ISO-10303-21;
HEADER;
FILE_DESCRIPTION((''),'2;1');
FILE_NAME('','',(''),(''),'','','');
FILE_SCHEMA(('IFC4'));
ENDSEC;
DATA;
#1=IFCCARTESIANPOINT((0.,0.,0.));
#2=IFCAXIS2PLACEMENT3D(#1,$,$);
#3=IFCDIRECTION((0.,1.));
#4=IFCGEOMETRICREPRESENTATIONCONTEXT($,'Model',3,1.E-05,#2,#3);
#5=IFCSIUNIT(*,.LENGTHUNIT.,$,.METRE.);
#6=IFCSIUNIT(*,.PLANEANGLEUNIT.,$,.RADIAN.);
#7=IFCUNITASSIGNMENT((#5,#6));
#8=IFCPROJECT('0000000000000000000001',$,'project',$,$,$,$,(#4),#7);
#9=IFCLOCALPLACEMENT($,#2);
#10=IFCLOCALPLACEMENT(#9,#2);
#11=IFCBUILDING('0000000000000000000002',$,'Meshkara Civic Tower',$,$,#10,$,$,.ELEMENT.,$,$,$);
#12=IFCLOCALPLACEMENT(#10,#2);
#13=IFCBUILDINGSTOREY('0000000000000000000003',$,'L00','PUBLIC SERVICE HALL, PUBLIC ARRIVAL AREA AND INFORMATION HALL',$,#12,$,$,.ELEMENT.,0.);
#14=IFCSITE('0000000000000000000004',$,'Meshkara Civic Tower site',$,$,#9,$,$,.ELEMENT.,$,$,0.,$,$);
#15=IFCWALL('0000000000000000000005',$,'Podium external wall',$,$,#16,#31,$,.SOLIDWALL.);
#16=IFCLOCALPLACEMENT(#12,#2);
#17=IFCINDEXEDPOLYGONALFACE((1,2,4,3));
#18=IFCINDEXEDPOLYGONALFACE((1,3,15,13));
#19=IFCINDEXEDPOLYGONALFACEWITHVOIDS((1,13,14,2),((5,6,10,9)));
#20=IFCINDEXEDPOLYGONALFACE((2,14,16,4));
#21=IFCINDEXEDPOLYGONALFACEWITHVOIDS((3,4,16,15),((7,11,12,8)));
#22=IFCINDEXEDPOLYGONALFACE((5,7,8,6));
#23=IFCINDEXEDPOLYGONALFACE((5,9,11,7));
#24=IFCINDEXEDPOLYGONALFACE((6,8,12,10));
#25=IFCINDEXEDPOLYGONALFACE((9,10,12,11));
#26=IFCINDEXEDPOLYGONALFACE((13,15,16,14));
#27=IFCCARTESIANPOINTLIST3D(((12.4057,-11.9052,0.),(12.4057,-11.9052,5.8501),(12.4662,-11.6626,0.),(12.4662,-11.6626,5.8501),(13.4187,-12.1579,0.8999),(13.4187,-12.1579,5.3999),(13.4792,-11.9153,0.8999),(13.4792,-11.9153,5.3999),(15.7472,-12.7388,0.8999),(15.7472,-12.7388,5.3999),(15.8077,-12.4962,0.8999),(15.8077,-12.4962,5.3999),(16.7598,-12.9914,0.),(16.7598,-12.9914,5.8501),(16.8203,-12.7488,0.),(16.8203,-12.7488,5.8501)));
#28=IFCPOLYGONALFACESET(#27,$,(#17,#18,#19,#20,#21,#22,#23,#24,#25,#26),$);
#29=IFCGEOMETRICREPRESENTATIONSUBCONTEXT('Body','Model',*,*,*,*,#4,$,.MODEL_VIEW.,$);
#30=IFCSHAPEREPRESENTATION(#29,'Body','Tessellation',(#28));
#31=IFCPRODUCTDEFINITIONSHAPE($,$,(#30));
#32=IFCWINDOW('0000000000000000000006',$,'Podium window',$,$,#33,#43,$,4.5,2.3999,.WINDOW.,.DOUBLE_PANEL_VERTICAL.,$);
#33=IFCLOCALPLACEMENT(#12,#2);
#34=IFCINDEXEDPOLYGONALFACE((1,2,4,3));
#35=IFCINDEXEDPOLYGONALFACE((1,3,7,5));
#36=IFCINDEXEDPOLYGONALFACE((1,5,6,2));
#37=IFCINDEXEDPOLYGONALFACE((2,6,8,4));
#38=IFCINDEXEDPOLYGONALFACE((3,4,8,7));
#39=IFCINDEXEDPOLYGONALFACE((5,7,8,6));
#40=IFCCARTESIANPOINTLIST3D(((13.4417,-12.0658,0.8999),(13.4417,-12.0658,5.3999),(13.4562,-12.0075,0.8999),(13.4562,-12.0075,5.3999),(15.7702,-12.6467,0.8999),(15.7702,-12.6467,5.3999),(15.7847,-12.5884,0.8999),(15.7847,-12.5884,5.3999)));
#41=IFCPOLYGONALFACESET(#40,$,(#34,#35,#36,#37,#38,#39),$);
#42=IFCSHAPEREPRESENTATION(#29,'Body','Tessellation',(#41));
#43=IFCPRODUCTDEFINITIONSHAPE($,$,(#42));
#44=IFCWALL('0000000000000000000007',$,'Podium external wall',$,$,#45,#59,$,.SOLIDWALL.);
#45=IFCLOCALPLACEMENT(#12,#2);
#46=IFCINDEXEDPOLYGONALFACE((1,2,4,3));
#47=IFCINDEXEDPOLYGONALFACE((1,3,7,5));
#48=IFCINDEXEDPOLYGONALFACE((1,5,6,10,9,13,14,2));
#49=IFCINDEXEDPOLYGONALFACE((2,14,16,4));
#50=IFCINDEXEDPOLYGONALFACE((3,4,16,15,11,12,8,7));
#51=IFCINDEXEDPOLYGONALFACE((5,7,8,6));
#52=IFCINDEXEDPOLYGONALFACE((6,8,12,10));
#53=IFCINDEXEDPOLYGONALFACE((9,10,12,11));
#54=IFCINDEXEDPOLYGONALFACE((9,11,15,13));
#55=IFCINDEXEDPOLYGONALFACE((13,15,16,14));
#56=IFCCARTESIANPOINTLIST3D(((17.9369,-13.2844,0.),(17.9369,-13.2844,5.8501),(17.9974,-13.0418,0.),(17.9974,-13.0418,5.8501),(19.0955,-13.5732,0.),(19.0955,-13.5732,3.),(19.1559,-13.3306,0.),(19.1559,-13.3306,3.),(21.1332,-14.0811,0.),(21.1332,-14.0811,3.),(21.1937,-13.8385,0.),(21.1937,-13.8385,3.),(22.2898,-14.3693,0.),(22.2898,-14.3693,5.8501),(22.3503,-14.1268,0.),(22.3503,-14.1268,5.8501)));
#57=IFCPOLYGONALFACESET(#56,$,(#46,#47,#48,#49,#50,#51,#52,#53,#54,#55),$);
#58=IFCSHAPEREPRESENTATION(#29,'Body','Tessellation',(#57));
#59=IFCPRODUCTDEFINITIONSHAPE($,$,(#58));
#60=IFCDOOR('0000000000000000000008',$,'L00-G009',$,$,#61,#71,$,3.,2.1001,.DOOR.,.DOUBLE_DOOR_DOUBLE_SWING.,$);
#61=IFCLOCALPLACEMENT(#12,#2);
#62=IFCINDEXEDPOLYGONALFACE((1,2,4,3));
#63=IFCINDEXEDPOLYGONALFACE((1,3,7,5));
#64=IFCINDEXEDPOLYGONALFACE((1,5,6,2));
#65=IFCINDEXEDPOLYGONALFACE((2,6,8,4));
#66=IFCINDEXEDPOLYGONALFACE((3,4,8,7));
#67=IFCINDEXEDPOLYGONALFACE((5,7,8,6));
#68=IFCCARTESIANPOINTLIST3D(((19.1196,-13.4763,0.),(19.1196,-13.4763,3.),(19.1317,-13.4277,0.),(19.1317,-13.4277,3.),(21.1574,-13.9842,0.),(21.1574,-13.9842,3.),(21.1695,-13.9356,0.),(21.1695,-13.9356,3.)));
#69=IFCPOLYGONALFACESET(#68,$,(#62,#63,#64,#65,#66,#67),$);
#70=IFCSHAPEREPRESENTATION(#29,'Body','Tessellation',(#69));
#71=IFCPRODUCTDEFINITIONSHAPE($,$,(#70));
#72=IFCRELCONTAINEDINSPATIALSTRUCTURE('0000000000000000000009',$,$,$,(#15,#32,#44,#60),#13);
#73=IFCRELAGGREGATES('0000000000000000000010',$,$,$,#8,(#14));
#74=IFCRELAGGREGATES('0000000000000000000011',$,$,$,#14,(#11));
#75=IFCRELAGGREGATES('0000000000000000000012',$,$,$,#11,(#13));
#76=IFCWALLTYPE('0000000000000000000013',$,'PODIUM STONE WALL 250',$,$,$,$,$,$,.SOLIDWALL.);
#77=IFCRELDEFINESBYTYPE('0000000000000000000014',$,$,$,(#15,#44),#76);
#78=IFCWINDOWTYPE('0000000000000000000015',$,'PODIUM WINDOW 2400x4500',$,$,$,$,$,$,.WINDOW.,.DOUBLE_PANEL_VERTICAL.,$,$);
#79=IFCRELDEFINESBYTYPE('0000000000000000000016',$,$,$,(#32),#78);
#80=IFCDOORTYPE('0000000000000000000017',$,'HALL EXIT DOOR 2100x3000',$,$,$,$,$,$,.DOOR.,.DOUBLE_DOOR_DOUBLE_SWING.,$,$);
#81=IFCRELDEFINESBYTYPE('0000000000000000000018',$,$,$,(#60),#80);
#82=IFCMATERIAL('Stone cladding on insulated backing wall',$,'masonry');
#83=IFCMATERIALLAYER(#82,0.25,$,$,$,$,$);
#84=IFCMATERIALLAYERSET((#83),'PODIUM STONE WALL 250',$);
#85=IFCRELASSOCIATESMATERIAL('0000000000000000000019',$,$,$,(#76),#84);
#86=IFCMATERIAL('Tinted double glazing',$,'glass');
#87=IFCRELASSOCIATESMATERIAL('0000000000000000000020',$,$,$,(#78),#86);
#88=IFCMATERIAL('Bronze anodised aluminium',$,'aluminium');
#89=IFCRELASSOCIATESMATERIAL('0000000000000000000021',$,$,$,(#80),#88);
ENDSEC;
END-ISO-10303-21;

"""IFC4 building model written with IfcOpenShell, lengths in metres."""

from ifc_helpers import new_model, si_unit, direction, frame, frame_2d, origin, place, context, subcontext, project, spatial, rectangle, extrude, material, layer, layer_set, type_object, element, fill, save


model = new_model("IFC4")

# Units and contexts
model_context = context("Model", 3, precision=1e-05, world=origin(), true_north=direction((0.0, 1.0)))
body_context = subcontext(model_context, "Body", "Model", "MODEL_VIEW")
ifc_project = project(units=[si_unit("LENGTHUNIT", "METRE"), si_unit("PLANEANGLEUNIT", "RADIAN")], contexts=[model_context])

# Site, building, storey
site_placement = place(None, origin())
site = spatial("IfcSite", under=ifc_project, at=site_placement, Name="Meshkara Civic Tower site", CompositionType="ELEMENT", RefElevation=0.0)
building_placement = place(site_placement, origin())
building = spatial("IfcBuilding", under=site, at=building_placement, Name="Meshkara Civic Tower", CompositionType="ELEMENT")
storey_placement = place(building_placement, origin())
storey = spatial("IfcBuildingStorey", under=building, at=storey_placement, Name="L00", Description="PUBLIC SERVICE HALL, PUBLIC ARRIVAL AREA AND INFORMATION HALL", CompositionType="ELEMENT", Elevation=0.0)

# Wall, opening, window
ifc_material_1 = material(Name="Stone cladding on insulated backing wall", Category="masonry")
ifc_layer_1 = layer(ifc_material_1, 0.25)
ifc_layer_set_1 = layer_set([ifc_layer_1], Name="PODIUM STONE WALL 250")
wall_type_1 = type_object("IfcWallType", Name="PODIUM STONE WALL 250", PredefinedType="SOLIDWALL", material=ifc_layer_set_1)
ifc_material_2 = material(Name="Tinted double glazing", Category="glass")
window_type_1 = type_object("IfcWindowType", Name="PODIUM WINDOW 2400x4500", PartitioningType="DOUBLE_PANEL_VERTICAL", PredefinedType="WINDOW", material=ifc_material_2)
wall_1_placement = place(storey_placement, frame((12.436, -11.7839, 0.0), z_axis=(0.0, 0.0, 1.0), x_axis=(0.970264, -0.242049, 0.0)))
wall_1 = element("IfcWall", 1, at=wall_1_placement, inside=storey, type_object=wall_type_1, Name="Podium external wall", PredefinedType="SOLIDWALL", context=body_context, shape_type="SweptSolid", body=[
    extrude(rectangle(XDim=4.4875, YDim=0.25, at=frame_2d((2.2437, 0.0))), origin(), (0.0, 0.0, 1.0), 5.8501),
])
opening_1_placement = place(wall_1_placement, frame((1.0439, 0.0, 0.8999)))
opening_1 = element("IfcOpeningElement", 2, at=opening_1_placement, cuts=wall_1, PredefinedType="OPENING", context=body_context, shape_type="SweptSolid", body=[
    extrude(rectangle(XDim=2.3999, YDim=4.5, at=frame_2d((1.2, 2.25))), frame((0.0, 0.135, 0.0), z_axis=(0.0, -1.0, 0.0), x_axis=(1.0, 0.0, 0.0)), (0.0, 0.0, 1.0), 0.27),
])
window_1_placement = place(opening_1_placement, origin())
window_1 = element("IfcWindow", 3, at=window_1_placement, inside=storey, type_object=window_type_1, Name="Podium window", OverallHeight=4.5, OverallWidth=2.3999, PartitioningType="DOUBLE_PANEL_VERTICAL", PredefinedType="WINDOW", context=body_context, shape_type="SweptSolid", body=[
    extrude(rectangle(XDim=2.3999, YDim=4.5, at=frame_2d((1.2, 2.25))), frame((0.0, 0.03, 0.0), z_axis=(0.0, -1.0, 0.0), x_axis=(1.0, 0.0, 0.0)), (0.0, 0.0, 1.0), 0.0601),
])
fill(opening_1, window_1)

# Wall, opening, door
wall_2_placement = place(storey_placement, frame((17.967, -13.1631, 0.0), z_axis=(0.0, 0.0, 1.0), x_axis=(0.970315, -0.241844, 0.0)))
wall_2 = element("IfcWall", 4, at=wall_2_placement, inside=storey, type_object=wall_type_1, Name="Podium external wall", PredefinedType="SOLIDWALL", context=body_context, shape_type="SweptSolid", body=[
    extrude(rectangle(XDim=4.4861, YDim=0.25, at=frame_2d((2.2432, 0.0))), origin(), (0.0, 0.0, 1.0), 5.8501),
])
opening_2_placement = place(wall_2_placement, frame((1.1941, 0.0, 0.0)))
opening_2 = element("IfcOpeningElement", 5, at=opening_2_placement, cuts=wall_2, PredefinedType="OPENING", context=body_context, shape_type="SweptSolid", body=[
    extrude(rectangle(XDim=2.1001, YDim=3.0, at=frame_2d((1.05, 1.5))), frame((0.0, 0.135, 0.0), z_axis=(0.0, -1.0, 0.0), x_axis=(1.0, 0.0, 0.0)), (0.0, 0.0, 1.0), 0.27),
])
ifc_material_3 = material(Name="Bronze anodised aluminium", Category="aluminium")
door_type_1 = type_object("IfcDoorType", Name="HALL EXIT DOOR 2100x3000", OperationType="DOUBLE_DOOR_DOUBLE_SWING", PredefinedType="DOOR", material=ifc_material_3)
door_1_placement = place(opening_2_placement, origin())
door_1 = element("IfcDoor", 6, at=door_1_placement, inside=storey, type_object=door_type_1, Name="L00-G009", OperationType="DOUBLE_DOOR_DOUBLE_SWING", OverallHeight=3.0, OverallWidth=2.1001, PredefinedType="DOOR", context=body_context, shape_type="SweptSolid", body=[
    extrude(rectangle(XDim=2.1001, YDim=3.0, at=frame_2d((1.05, 1.5))), frame((0.0, 0.0249, 0.0), z_axis=(0.0, -1.0, 0.0), x_axis=(1.0, 0.0, 0.0)), (0.0, 0.0, 1.0), 0.05),
])
fill(opening_2, door_1)

save(model, "model.ifc")
